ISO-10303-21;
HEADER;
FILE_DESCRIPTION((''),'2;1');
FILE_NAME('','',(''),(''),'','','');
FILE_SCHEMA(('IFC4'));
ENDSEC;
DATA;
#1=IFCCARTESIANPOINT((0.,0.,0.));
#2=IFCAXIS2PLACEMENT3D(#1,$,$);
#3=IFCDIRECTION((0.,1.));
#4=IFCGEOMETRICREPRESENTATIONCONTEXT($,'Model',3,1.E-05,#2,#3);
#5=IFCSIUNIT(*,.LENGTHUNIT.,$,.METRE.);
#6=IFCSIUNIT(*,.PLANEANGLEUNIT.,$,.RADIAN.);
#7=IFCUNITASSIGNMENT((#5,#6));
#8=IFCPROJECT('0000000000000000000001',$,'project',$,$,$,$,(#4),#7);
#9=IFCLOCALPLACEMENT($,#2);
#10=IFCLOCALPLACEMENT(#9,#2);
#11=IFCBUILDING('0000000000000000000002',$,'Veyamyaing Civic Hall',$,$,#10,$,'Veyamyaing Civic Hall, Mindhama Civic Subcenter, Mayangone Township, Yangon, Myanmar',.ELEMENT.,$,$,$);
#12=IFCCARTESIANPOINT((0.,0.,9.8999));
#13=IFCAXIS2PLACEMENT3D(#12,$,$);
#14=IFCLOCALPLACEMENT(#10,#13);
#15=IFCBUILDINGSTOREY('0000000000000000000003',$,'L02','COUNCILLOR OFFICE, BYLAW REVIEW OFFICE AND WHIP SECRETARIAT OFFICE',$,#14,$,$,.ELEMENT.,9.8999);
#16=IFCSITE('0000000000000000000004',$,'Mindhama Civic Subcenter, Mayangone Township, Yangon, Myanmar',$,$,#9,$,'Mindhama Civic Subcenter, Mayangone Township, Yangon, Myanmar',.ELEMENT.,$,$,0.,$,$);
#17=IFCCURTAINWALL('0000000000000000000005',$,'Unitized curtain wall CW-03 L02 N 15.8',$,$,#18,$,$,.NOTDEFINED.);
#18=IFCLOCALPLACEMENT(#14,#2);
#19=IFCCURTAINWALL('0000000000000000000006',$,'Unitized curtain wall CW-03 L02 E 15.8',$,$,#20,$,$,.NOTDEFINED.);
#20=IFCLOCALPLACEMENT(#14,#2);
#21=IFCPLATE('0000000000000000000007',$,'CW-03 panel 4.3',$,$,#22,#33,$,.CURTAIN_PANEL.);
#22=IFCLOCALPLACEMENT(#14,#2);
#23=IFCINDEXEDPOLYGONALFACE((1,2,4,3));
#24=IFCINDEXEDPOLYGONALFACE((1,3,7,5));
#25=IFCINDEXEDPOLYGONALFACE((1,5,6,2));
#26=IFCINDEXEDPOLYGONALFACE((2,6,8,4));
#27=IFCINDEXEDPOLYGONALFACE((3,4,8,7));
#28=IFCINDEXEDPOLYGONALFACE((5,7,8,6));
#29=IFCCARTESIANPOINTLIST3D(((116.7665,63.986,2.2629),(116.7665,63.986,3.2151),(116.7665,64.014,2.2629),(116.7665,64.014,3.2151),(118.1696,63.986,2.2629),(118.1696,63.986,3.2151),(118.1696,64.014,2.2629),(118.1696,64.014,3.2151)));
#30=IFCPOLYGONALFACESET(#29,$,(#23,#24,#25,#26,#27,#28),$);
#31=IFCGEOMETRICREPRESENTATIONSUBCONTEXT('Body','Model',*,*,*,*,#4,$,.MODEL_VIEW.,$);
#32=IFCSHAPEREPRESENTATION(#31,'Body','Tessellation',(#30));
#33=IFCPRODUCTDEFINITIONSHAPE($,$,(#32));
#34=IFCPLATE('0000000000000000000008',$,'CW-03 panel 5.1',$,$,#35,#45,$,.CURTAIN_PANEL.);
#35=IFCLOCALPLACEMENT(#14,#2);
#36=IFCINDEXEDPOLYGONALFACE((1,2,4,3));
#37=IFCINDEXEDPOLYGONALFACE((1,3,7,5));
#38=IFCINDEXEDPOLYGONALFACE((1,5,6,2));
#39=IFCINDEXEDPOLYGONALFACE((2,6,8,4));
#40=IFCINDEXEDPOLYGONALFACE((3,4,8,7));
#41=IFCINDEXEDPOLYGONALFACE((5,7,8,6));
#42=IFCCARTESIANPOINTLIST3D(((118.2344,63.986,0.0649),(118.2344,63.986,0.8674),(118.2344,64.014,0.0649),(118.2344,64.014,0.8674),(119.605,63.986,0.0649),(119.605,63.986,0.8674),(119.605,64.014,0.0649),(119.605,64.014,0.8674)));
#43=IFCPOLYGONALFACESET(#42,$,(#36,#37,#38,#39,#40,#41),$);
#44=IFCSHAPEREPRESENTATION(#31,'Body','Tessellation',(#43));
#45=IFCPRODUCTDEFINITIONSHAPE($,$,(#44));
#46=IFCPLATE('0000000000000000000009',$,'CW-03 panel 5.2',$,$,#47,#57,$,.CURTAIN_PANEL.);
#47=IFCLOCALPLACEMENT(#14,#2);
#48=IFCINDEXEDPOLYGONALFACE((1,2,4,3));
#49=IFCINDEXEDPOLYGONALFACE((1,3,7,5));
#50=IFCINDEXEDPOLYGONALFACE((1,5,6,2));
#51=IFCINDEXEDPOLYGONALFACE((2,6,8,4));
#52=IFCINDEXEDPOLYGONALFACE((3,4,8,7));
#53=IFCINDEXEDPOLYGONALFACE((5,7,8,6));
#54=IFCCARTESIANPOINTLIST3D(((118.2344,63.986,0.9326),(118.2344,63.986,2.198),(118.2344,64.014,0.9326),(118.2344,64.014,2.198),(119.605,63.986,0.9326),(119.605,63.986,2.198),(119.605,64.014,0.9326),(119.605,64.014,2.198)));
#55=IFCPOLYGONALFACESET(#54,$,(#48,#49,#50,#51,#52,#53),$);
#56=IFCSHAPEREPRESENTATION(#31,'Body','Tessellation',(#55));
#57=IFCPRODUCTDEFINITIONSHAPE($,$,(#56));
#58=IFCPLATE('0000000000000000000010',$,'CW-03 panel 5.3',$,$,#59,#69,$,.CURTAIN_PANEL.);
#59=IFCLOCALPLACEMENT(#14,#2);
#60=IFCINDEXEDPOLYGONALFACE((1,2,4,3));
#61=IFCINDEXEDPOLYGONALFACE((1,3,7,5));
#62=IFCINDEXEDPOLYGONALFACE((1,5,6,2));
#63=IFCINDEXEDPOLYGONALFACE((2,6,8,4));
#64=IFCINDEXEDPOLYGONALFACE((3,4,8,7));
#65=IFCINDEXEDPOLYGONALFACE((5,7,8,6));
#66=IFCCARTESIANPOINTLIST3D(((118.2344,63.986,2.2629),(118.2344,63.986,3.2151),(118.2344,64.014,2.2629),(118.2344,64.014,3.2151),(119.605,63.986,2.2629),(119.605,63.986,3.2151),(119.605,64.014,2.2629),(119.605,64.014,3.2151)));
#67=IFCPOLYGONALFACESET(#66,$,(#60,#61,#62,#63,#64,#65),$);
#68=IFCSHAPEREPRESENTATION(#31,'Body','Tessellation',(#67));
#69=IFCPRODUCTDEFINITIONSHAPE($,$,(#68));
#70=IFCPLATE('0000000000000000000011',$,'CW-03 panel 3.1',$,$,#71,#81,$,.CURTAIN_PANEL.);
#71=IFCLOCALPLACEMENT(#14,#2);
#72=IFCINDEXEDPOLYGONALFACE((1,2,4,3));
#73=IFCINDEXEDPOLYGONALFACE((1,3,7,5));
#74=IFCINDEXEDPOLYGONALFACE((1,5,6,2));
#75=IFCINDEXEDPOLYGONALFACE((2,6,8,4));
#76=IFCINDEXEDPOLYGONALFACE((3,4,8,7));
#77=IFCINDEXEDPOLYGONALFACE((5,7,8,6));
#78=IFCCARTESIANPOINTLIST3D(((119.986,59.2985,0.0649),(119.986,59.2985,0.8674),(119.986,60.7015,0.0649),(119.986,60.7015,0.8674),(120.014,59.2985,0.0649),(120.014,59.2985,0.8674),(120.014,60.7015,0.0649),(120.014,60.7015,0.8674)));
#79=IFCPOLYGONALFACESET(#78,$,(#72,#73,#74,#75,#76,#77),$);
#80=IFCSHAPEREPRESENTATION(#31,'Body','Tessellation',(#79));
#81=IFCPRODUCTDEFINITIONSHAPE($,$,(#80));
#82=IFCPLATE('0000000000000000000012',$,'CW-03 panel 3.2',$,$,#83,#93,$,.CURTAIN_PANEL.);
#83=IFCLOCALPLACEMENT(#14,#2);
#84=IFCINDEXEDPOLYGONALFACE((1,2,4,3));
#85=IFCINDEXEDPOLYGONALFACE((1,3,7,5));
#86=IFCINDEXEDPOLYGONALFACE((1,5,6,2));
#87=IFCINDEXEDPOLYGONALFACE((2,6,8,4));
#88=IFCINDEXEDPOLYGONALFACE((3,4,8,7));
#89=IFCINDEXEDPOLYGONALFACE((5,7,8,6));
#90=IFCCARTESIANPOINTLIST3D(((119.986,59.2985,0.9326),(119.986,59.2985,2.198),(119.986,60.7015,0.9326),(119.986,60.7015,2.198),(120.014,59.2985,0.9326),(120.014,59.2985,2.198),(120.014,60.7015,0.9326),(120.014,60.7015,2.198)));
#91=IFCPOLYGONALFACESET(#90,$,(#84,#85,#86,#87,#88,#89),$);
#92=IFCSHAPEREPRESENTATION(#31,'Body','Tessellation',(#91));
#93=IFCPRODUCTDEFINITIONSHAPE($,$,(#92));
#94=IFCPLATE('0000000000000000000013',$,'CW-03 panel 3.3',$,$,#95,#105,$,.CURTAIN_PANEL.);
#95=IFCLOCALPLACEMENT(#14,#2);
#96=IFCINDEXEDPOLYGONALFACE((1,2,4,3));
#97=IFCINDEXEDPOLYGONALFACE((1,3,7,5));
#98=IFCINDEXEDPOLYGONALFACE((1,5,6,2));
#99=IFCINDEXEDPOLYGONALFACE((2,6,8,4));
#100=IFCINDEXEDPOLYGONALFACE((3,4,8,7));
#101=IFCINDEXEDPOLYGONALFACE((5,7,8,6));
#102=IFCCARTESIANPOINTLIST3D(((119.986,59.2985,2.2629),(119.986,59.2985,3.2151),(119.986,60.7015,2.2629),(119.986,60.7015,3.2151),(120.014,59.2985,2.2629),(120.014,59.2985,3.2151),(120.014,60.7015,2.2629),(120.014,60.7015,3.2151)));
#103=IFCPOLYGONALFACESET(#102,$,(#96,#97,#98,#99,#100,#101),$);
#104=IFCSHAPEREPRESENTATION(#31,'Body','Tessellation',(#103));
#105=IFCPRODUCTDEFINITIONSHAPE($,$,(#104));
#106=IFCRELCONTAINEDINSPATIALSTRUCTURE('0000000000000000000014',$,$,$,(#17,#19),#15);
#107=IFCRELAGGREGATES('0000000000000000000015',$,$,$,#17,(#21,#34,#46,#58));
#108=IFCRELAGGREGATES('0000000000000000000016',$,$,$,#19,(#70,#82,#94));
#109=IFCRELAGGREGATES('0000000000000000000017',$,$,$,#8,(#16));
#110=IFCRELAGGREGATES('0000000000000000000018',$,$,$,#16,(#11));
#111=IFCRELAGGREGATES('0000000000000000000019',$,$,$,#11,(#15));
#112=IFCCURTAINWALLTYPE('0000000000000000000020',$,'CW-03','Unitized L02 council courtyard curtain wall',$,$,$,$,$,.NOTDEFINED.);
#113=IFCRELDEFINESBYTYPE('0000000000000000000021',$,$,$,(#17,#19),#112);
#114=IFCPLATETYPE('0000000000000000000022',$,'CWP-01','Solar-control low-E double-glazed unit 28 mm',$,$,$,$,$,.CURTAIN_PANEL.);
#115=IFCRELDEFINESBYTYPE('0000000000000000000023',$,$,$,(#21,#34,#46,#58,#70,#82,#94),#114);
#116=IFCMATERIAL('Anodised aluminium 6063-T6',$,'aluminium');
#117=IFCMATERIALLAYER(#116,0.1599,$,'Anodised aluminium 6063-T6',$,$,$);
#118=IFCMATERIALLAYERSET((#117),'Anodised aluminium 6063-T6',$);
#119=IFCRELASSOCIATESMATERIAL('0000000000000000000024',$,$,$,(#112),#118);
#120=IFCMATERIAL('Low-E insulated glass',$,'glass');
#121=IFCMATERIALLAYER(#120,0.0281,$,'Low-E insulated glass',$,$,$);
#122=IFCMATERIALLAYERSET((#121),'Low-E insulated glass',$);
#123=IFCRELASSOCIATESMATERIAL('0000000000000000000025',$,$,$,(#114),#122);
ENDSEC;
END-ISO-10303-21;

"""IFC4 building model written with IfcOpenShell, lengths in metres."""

from ifc_helpers import new_model, si_unit, direction, frame, origin, origin_2d, place, context, subcontext, project, spatial, rectangle, extrude, material, layer, layer_set, type_object, element, aggregate, save


model = new_model("IFC4")

# Units and contexts
model_context = context("Model", 3, precision=1e-05, world=origin(), true_north=direction((0.0, 1.0)))
body_context = subcontext(model_context, "Body", "Model", "MODEL_VIEW")
ifc_project = project(units=[si_unit("LENGTHUNIT", "METRE"), si_unit("PLANEANGLEUNIT", "RADIAN")], contexts=[model_context])

# Site, building, storey
site_placement = place(None, origin())
site = spatial("IfcSite", under=ifc_project, at=site_placement, Name="Mindhama Civic Subcenter, Mayangone Township, Yangon, Myanmar", LongName="Mindhama Civic Subcenter, Mayangone Township, Yangon, Myanmar", CompositionType="ELEMENT", RefElevation=0.0)
building_placement = place(site_placement, origin())
building = spatial("IfcBuilding", under=site, at=building_placement, Name="Veyamyaing Civic Hall", LongName="Veyamyaing Civic Hall, Mindhama Civic Subcenter, Mayangone Township, Yangon, Myanmar", CompositionType="ELEMENT")
storey_placement = place(building_placement, frame((0.0, 0.0, 9.8999)))
storey = spatial("IfcBuildingStorey", under=building, at=storey_placement, Name="L02", Description="COUNCILLOR OFFICE, BYLAW REVIEW OFFICE AND WHIP SECRETARIAT OFFICE", CompositionType="ELEMENT", Elevation=9.8999)

# Curtain wall
ifc_material_1 = material(Name="Anodised aluminium 6063-T6", Category="aluminium")
ifc_layer_1 = layer(ifc_material_1, 0.1599, Name="Anodised aluminium 6063-T6")
ifc_layer_set_1 = layer_set([ifc_layer_1], Name="Anodised aluminium 6063-T6")
curtain_wall_type = type_object("IfcCurtainWallType", Name="CW-03", Description="Unitized L02 council courtyard curtain wall", PredefinedType="NOTDEFINED", material=ifc_layer_set_1)
curtain_wall_1_placement = place(storey_placement, origin())
curtain_wall_1 = element("IfcCurtainWall", 1, at=curtain_wall_1_placement, inside=storey, type_object=curtain_wall_type, Name="Unitized curtain wall CW-03 L02 N 15.8", PredefinedType="NOTDEFINED")

# Curtain wall
curtain_wall_2_placement = place(storey_placement, origin())
curtain_wall_2 = element("IfcCurtainWall", 2, at=curtain_wall_2_placement, inside=storey, type_object=curtain_wall_type, Name="Unitized curtain wall CW-03 L02 E 15.8", PredefinedType="NOTDEFINED")

# Plates
ifc_material_2 = material(Name="Low-E insulated glass", Category="glass")
ifc_layer_2 = layer(ifc_material_2, 0.0281, Name="Low-E insulated glass")
ifc_layer_set_2 = layer_set([ifc_layer_2], Name="Low-E insulated glass")
plate_type = type_object("IfcPlateType", Name="CWP-01", Description="Solar-control low-E double-glazed unit 28 mm", PredefinedType="CURTAIN_PANEL", material=ifc_layer_set_2)
plate_1_placement = place(storey_placement, frame((117.468, 64.0, 2.2629), z_axis=(0.0, 0.0, 1.0), x_axis=(1.0, 0.0, 0.0)))
plate_1 = element("IfcPlate", 3, at=plate_1_placement, type_object=plate_type, Name="CW-03 panel 4.3", PredefinedType="CURTAIN_PANEL", context=body_context, shape_type="SweptSolid", body=[
    extrude(rectangle(XDim=1.4031, YDim=0.0281, at=origin_2d()), origin(), (0.0, 0.0, 1.0), 0.9521),
])
plate_2_placement = place(storey_placement, frame((118.9197, 64.0, 0.0649), z_axis=(0.0, 0.0, 1.0), x_axis=(1.0, 0.0, 0.0)))
plate_2 = element("IfcPlate", 4, at=plate_2_placement, type_object=plate_type, Name="CW-03 panel 5.1", PredefinedType="CURTAIN_PANEL", context=body_context, shape_type="SweptSolid", body=[
    extrude(rectangle(XDim=1.3706, YDim=0.0281, at=origin_2d()), origin(), (0.0, 0.0, 1.0), 0.8025),
])
plate_3_placement = place(storey_placement, frame((118.9197, 64.0, 0.9326), z_axis=(0.0, 0.0, 1.0), x_axis=(1.0, 0.0, 0.0)))
plate_3 = element("IfcPlate", 5, at=plate_3_placement, type_object=plate_type, Name="CW-03 panel 5.2", PredefinedType="CURTAIN_PANEL", context=body_context, shape_type="SweptSolid", body=[
    extrude(rectangle(XDim=1.3706, YDim=0.0281, at=origin_2d()), origin(), (0.0, 0.0, 1.0), 1.2654),
])
plate_4_placement = place(storey_placement, frame((118.9197, 64.0, 2.2629), z_axis=(0.0, 0.0, 1.0), x_axis=(1.0, 0.0, 0.0)))
plate_4 = element("IfcPlate", 6, at=plate_4_placement, type_object=plate_type, Name="CW-03 panel 5.3", PredefinedType="CURTAIN_PANEL", context=body_context, shape_type="SweptSolid", body=[
    extrude(rectangle(XDim=1.3706, YDim=0.0281, at=origin_2d()), origin(), (0.0, 0.0, 1.0), 0.9521),
])
aggregate(curtain_wall_1, [plate_1, plate_2, plate_3, plate_4])
plate_5_placement = place(storey_placement, frame((120.0, 60.0, 0.0649), z_axis=(0.0, 0.0, 1.0), x_axis=(0.0, 1.0, 0.0)))
plate_5 = element("IfcPlate", 7, at=plate_5_placement, type_object=plate_type, Name="CW-03 panel 3.1", PredefinedType="CURTAIN_PANEL", context=body_context, shape_type="SweptSolid", body=[
    extrude(rectangle(XDim=1.4031, YDim=0.0281, at=origin_2d()), origin(), (0.0, 0.0, 1.0), 0.8025),
])
plate_6_placement = place(storey_placement, frame((120.0, 60.0, 0.9326), z_axis=(0.0, 0.0, 1.0), x_axis=(0.0, 1.0, 0.0)))
plate_6 = element("IfcPlate", 8, at=plate_6_placement, type_object=plate_type, Name="CW-03 panel 3.2", PredefinedType="CURTAIN_PANEL", context=body_context, shape_type="SweptSolid", body=[
    extrude(rectangle(XDim=1.4031, YDim=0.0281, at=origin_2d()), origin(), (0.0, 0.0, 1.0), 1.2654),
])
plate_7_placement = place(storey_placement, frame((120.0, 60.0, 2.2629), z_axis=(0.0, 0.0, 1.0), x_axis=(0.0, 1.0, 0.0)))
plate_7 = element("IfcPlate", 9, at=plate_7_placement, type_object=plate_type, Name="CW-03 panel 3.3", PredefinedType="CURTAIN_PANEL", context=body_context, shape_type="SweptSolid", body=[
    extrude(rectangle(XDim=1.4031, YDim=0.0281, at=origin_2d()), origin(), (0.0, 0.0, 1.0), 0.9521),
])
aggregate(curtain_wall_2, [plate_5, plate_6, plate_7])

save(model, "model.ifc")
